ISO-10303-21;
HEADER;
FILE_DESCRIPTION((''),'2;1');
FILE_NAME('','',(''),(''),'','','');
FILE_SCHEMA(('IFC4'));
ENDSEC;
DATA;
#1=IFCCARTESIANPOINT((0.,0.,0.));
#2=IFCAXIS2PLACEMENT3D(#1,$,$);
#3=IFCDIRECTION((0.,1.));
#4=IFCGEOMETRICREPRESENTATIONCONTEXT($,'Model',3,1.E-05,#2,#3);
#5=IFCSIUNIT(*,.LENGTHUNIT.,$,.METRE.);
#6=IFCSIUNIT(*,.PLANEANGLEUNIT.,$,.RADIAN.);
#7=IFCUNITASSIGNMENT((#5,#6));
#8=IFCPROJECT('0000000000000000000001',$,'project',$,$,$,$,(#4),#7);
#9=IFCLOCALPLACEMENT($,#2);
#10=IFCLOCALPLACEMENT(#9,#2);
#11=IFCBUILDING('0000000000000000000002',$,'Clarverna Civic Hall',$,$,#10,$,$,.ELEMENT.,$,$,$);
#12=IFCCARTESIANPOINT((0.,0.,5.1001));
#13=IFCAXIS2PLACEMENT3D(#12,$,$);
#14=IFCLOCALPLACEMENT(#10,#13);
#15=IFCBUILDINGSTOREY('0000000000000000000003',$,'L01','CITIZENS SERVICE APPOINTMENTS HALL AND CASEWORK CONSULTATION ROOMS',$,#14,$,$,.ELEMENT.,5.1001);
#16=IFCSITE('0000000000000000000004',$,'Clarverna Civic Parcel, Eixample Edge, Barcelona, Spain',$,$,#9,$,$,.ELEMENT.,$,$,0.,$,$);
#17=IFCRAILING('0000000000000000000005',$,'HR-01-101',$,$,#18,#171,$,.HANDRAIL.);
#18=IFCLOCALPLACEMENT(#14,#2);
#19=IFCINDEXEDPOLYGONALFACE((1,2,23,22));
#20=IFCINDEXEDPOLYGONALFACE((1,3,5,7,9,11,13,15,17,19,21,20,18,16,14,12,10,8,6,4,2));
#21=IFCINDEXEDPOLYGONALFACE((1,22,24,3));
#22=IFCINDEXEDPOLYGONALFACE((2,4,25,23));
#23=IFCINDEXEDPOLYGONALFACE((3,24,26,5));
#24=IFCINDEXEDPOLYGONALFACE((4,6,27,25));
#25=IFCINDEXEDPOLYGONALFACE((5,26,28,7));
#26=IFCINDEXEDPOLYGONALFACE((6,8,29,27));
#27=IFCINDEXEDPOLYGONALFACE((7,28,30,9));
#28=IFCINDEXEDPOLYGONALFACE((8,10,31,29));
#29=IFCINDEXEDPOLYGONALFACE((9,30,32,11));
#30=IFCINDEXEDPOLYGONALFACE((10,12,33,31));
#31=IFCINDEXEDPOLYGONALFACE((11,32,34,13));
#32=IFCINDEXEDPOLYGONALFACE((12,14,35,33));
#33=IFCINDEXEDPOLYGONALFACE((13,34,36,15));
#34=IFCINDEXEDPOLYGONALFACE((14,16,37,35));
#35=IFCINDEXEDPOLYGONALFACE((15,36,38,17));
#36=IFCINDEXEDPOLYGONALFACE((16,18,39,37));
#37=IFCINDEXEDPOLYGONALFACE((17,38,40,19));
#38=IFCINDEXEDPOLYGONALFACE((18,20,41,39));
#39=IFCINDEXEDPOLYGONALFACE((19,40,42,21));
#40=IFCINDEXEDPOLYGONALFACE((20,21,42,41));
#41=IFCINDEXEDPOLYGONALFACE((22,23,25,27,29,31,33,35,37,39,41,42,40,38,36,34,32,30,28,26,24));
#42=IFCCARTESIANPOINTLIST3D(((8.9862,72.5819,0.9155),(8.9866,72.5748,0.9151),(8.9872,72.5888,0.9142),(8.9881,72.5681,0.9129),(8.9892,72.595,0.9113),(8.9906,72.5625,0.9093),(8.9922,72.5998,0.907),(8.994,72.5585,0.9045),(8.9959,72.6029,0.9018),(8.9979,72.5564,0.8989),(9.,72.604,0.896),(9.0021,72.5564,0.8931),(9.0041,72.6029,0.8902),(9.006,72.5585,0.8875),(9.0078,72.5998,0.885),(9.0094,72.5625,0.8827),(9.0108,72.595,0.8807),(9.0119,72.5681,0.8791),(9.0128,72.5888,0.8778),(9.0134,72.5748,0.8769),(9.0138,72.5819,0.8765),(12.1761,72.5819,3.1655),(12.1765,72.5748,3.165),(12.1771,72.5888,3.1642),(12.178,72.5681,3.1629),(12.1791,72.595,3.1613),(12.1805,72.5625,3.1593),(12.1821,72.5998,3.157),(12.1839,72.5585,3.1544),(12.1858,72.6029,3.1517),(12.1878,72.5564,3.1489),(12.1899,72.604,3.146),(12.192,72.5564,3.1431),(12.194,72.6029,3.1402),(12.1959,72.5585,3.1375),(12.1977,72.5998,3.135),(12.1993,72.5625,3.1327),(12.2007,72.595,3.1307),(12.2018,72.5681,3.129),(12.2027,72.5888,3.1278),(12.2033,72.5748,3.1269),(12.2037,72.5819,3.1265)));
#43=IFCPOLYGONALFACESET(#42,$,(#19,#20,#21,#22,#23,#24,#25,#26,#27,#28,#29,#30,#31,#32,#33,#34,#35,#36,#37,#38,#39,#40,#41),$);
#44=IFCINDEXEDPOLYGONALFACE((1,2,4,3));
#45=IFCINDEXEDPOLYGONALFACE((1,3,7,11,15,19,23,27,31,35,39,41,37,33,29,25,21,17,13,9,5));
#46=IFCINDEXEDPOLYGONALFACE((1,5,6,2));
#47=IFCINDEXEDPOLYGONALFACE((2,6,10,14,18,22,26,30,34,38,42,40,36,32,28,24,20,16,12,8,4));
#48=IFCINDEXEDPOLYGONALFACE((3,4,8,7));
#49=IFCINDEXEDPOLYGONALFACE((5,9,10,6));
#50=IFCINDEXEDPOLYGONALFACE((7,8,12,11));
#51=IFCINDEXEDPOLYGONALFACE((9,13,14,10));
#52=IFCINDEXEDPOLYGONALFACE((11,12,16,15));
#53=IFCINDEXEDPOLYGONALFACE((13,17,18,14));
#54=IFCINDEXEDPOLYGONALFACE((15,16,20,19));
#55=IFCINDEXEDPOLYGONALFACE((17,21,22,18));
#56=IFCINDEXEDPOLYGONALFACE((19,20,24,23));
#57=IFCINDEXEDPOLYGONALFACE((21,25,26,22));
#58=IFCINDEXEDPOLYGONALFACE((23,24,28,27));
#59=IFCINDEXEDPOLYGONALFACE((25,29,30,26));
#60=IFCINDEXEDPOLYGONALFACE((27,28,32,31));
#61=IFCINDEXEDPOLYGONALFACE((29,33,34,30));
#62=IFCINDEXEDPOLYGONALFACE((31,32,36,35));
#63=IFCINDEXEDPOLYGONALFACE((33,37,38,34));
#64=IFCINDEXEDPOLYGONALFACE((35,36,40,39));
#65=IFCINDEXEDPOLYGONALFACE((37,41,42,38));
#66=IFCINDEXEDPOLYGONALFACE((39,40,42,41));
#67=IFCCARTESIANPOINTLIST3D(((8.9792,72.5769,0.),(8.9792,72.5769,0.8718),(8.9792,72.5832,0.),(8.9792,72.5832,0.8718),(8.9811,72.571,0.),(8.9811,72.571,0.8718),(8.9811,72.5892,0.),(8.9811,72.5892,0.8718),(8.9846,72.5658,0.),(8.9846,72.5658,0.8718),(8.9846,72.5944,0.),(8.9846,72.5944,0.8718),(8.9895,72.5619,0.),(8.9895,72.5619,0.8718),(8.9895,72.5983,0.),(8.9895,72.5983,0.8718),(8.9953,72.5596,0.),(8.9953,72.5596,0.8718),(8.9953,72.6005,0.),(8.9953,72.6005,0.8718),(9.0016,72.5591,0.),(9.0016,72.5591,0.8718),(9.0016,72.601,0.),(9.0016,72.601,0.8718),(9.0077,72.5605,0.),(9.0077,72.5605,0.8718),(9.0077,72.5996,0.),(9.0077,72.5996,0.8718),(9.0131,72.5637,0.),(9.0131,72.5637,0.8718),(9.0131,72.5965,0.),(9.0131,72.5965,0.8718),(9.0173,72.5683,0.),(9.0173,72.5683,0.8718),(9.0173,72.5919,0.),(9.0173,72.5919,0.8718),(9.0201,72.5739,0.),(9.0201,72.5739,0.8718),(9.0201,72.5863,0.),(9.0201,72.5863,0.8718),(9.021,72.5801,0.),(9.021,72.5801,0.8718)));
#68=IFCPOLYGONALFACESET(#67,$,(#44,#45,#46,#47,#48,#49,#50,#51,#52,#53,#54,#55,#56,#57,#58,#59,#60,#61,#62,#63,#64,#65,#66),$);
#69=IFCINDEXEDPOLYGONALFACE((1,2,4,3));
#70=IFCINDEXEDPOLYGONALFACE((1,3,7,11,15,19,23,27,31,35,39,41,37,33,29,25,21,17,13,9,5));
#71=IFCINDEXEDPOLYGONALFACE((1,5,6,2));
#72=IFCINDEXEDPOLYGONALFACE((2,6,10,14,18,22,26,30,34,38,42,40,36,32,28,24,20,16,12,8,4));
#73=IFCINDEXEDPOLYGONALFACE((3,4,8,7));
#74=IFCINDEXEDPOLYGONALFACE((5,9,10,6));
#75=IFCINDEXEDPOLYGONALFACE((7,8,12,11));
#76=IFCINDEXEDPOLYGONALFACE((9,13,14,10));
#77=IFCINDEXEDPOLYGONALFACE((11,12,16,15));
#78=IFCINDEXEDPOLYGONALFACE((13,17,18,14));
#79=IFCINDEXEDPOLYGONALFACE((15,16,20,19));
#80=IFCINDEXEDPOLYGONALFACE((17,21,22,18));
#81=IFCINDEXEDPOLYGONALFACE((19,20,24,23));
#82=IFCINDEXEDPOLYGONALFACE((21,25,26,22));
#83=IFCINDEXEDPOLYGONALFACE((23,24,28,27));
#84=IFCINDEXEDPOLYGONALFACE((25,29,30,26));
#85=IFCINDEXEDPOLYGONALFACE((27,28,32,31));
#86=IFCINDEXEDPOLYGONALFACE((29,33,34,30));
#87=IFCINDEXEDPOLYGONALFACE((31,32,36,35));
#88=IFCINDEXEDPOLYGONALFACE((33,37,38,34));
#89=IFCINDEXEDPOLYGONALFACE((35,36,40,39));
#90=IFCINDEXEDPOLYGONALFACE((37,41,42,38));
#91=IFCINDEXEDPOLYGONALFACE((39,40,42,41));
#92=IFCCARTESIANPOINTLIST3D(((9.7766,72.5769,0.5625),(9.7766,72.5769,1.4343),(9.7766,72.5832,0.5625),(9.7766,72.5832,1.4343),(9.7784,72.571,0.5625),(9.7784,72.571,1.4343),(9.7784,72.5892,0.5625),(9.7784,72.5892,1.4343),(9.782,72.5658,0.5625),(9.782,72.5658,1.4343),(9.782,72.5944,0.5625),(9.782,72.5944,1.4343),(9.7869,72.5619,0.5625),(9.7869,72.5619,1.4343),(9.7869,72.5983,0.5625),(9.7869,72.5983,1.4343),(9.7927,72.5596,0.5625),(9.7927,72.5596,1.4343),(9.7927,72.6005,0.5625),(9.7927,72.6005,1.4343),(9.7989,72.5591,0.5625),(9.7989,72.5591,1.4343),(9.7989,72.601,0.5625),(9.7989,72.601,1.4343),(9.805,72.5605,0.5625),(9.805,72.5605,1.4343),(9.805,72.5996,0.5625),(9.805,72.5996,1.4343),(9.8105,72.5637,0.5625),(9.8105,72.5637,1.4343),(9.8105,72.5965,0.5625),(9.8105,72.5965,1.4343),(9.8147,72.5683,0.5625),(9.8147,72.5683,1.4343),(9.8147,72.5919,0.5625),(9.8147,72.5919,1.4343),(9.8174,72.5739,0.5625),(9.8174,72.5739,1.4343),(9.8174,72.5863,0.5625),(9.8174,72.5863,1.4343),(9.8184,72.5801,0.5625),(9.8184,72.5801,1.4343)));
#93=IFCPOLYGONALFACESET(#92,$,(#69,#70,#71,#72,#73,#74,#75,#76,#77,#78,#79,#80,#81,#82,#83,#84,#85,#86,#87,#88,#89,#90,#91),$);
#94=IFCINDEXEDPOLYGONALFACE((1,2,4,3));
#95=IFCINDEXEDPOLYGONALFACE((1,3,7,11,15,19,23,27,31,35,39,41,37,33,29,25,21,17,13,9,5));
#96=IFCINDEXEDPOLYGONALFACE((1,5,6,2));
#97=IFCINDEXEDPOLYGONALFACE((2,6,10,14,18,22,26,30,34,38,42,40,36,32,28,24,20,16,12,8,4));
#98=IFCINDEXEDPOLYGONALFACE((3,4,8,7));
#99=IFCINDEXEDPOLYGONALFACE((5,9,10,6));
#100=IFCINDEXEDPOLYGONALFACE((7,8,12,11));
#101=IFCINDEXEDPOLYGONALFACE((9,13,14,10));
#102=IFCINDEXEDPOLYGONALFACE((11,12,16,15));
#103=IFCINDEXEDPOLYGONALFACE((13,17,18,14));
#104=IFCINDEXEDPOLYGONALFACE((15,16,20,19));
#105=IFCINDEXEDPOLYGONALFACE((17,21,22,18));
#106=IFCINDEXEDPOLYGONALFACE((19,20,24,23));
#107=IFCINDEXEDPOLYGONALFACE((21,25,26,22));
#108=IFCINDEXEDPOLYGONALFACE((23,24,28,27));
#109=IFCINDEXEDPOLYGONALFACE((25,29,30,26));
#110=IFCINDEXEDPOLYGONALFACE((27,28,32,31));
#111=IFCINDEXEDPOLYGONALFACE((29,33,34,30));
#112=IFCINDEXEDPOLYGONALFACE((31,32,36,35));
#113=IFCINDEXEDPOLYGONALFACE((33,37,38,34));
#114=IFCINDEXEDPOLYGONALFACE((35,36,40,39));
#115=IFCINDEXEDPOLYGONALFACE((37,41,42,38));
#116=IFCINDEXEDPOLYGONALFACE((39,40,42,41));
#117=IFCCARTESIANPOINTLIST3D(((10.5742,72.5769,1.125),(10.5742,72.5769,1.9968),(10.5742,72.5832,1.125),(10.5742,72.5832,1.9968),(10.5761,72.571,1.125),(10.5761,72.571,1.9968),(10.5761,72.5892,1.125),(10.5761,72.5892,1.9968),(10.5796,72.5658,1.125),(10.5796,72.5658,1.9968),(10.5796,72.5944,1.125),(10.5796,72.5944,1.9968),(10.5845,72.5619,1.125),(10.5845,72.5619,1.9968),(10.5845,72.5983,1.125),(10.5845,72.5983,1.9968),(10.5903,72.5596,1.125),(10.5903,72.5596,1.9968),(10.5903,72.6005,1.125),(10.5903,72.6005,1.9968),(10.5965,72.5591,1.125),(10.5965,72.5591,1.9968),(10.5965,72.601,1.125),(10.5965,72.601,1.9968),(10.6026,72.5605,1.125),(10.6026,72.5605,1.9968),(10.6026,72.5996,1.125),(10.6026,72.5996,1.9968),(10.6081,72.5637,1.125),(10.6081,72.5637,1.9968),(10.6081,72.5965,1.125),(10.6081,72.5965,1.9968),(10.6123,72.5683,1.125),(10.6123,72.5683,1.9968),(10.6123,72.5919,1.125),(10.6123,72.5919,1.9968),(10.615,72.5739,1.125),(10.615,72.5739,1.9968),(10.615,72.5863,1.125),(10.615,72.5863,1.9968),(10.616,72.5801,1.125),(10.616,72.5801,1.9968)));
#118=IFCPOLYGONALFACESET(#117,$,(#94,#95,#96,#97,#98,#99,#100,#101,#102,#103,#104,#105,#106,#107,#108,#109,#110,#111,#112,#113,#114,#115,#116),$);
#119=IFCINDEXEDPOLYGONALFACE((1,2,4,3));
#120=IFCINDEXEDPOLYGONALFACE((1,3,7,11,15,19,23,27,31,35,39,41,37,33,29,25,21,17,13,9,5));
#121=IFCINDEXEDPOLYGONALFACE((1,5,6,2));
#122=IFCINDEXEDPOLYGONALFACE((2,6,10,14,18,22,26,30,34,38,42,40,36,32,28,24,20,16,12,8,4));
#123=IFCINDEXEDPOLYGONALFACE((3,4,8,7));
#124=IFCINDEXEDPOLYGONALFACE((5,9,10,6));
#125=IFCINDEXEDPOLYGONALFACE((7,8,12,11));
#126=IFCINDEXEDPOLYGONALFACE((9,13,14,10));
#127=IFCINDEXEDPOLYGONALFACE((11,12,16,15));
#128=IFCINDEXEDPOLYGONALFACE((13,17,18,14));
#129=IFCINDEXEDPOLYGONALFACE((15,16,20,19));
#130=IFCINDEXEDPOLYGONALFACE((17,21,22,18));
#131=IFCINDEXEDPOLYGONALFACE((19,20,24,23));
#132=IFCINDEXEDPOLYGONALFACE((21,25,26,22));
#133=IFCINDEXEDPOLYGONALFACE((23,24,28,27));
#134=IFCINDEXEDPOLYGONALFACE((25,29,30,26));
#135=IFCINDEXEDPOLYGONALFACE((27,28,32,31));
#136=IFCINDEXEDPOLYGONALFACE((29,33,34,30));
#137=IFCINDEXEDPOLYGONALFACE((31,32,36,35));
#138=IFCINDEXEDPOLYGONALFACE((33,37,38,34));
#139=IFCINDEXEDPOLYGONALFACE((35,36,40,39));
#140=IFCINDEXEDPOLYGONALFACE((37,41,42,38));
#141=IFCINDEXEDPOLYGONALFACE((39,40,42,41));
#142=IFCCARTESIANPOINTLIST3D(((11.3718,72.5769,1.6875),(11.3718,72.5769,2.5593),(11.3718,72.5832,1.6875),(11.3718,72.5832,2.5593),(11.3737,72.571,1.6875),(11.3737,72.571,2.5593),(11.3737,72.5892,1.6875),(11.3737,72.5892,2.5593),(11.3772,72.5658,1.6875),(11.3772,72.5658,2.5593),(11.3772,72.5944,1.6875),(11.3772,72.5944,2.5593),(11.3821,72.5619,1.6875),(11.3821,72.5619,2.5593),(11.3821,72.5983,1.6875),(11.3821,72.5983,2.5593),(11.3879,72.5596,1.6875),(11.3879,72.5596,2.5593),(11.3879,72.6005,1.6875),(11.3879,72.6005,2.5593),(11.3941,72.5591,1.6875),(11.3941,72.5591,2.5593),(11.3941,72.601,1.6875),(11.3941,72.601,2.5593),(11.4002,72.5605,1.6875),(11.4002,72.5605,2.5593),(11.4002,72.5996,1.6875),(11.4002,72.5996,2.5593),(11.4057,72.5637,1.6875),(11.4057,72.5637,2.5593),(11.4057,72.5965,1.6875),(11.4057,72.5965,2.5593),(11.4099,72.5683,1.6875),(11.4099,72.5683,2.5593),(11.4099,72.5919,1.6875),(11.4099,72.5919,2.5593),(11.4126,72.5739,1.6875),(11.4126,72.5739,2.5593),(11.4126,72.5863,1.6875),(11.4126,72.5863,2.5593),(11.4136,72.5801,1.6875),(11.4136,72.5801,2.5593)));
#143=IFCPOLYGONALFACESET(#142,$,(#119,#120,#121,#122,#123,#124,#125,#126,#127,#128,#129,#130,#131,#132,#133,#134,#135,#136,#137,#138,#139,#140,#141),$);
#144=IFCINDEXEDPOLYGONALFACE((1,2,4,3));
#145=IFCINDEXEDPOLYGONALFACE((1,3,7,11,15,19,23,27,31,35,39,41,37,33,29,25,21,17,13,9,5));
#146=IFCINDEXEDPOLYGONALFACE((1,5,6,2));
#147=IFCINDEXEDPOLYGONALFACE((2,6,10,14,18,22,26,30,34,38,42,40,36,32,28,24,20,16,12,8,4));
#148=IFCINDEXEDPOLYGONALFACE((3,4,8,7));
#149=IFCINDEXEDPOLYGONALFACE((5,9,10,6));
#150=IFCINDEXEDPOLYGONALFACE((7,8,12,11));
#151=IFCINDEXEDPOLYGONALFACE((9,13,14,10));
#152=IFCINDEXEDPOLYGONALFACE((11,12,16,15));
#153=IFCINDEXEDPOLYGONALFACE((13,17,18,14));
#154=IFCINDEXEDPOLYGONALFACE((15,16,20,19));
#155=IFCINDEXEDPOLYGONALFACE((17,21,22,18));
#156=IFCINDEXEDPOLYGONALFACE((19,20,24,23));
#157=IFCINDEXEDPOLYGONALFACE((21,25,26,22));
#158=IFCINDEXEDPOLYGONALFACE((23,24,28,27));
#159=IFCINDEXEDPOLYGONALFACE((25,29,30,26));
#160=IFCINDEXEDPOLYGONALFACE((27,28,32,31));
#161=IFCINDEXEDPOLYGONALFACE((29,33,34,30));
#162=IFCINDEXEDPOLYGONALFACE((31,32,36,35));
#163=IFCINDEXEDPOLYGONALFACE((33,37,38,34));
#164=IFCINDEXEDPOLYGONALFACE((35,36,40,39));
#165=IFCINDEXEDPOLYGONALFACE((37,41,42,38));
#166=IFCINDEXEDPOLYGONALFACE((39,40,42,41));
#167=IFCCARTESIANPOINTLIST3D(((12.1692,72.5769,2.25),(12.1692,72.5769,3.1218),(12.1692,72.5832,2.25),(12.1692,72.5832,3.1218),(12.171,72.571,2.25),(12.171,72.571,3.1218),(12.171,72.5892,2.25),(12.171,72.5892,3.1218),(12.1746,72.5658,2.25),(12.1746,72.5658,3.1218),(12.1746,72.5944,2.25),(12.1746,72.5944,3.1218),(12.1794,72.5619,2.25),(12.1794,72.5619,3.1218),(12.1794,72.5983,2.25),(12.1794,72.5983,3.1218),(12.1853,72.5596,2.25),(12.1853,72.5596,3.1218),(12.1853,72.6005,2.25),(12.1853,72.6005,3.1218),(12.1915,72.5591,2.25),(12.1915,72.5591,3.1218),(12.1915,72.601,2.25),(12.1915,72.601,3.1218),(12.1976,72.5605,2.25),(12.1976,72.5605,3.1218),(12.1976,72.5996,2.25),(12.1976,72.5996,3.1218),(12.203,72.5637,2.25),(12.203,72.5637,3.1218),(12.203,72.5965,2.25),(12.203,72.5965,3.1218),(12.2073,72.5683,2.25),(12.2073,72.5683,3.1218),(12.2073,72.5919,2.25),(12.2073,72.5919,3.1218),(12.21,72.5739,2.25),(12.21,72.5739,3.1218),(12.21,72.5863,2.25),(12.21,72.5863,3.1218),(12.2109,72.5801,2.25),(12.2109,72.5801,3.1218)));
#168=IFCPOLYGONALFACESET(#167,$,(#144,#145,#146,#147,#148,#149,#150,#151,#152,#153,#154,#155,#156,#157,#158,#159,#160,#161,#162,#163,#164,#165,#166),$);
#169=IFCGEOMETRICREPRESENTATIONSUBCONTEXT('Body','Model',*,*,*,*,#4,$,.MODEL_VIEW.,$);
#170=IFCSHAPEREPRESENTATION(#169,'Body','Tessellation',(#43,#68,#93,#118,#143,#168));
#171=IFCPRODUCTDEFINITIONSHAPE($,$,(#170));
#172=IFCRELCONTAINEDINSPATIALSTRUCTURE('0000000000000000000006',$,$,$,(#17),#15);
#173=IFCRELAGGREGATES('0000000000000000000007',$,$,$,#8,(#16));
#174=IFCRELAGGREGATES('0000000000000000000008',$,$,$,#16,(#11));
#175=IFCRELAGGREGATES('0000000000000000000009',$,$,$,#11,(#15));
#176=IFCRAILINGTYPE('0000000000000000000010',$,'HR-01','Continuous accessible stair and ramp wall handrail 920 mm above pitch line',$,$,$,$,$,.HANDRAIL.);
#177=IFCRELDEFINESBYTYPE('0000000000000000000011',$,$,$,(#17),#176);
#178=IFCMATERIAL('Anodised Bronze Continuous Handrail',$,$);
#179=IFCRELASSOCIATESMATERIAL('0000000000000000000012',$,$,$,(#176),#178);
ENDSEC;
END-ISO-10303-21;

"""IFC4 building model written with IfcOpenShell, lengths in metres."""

from ifc_helpers import new_model, si_unit, direction, frame, origin, origin_2d, place, context, subcontext, project, spatial, circle, extrude, material, type_object, element, save


model = new_model("IFC4")

# Units and contexts
model_context = context("Model", 3, precision=1e-05, world=origin(), true_north=direction((0.0, 1.0)))
body_context = subcontext(model_context, "Body", "Model", "MODEL_VIEW")
ifc_project = project(units=[si_unit("LENGTHUNIT", "METRE"), si_unit("PLANEANGLEUNIT", "RADIAN")], contexts=[model_context])

# Site, building, storey
site_placement = place(None, origin())
site = spatial("IfcSite", under=ifc_project, at=site_placement, Name="Clarverna Civic Parcel, Eixample Edge, Barcelona, Spain", CompositionType="ELEMENT", RefElevation=0.0)
building_placement = place(site_placement, origin())
building = spatial("IfcBuilding", under=site, at=building_placement, Name="Clarverna Civic Hall", CompositionType="ELEMENT")
storey_placement = place(building_placement, frame((0.0, 0.0, 5.1001)))
storey = spatial("IfcBuildingStorey", under=building, at=storey_placement, Name="L01", Description="CITIZENS SERVICE APPOINTMENTS HALL AND CASEWORK CONSULTATION ROOMS", CompositionType="ELEMENT", Elevation=5.1001)

# Railing
ifc_material_1 = material(Name="Anodised Bronze Continuous Handrail")
railing_type_1 = type_object("IfcRailingType", Name="HR-01", Description="Continuous accessible stair and ramp wall handrail 920 mm above pitch line", PredefinedType="HANDRAIL", material=ifc_material_1)
railing_1_placement = place(storey_placement, frame((9.0, 72.5801, 0.0)))
element("IfcRailing", 1, at=railing_1_placement, inside=storey, type_object=railing_type_1, Name="HR-01-101", PredefinedType="HANDRAIL", context=body_context, shape_type="SweptSolid", body=[
    extrude(circle(Radius=0.0239, at=origin_2d()), frame((0.0, 0.0, 0.896), z_axis=(0.817176, 0.0, 0.576389), x_axis=(0.0, 1.0, 0.0)), (0.0, 0.0, 1.0), 3.9036),
    extrude(circle(Radius=0.021, at=origin_2d()), origin(), (0.0, 0.0, 1.0), 0.8718),
    extrude(circle(Radius=0.021, at=origin_2d()), frame((0.7974, 0.0, 0.5625)), (0.0, 0.0, 1.0), 0.8718),
    extrude(circle(Radius=0.021, at=origin_2d()), frame((1.595, 0.0, 1.125)), (0.0, 0.0, 1.0), 0.8718),
    extrude(circle(Radius=0.021, at=origin_2d()), frame((2.3926, 0.0, 1.6875)), (0.0, 0.0, 1.0), 0.8718),
    extrude(circle(Radius=0.021, at=origin_2d()), frame((3.1899, 0.0, 2.25)), (0.0, 0.0, 1.0), 0.8718),
])

save(model, "model.ifc")
